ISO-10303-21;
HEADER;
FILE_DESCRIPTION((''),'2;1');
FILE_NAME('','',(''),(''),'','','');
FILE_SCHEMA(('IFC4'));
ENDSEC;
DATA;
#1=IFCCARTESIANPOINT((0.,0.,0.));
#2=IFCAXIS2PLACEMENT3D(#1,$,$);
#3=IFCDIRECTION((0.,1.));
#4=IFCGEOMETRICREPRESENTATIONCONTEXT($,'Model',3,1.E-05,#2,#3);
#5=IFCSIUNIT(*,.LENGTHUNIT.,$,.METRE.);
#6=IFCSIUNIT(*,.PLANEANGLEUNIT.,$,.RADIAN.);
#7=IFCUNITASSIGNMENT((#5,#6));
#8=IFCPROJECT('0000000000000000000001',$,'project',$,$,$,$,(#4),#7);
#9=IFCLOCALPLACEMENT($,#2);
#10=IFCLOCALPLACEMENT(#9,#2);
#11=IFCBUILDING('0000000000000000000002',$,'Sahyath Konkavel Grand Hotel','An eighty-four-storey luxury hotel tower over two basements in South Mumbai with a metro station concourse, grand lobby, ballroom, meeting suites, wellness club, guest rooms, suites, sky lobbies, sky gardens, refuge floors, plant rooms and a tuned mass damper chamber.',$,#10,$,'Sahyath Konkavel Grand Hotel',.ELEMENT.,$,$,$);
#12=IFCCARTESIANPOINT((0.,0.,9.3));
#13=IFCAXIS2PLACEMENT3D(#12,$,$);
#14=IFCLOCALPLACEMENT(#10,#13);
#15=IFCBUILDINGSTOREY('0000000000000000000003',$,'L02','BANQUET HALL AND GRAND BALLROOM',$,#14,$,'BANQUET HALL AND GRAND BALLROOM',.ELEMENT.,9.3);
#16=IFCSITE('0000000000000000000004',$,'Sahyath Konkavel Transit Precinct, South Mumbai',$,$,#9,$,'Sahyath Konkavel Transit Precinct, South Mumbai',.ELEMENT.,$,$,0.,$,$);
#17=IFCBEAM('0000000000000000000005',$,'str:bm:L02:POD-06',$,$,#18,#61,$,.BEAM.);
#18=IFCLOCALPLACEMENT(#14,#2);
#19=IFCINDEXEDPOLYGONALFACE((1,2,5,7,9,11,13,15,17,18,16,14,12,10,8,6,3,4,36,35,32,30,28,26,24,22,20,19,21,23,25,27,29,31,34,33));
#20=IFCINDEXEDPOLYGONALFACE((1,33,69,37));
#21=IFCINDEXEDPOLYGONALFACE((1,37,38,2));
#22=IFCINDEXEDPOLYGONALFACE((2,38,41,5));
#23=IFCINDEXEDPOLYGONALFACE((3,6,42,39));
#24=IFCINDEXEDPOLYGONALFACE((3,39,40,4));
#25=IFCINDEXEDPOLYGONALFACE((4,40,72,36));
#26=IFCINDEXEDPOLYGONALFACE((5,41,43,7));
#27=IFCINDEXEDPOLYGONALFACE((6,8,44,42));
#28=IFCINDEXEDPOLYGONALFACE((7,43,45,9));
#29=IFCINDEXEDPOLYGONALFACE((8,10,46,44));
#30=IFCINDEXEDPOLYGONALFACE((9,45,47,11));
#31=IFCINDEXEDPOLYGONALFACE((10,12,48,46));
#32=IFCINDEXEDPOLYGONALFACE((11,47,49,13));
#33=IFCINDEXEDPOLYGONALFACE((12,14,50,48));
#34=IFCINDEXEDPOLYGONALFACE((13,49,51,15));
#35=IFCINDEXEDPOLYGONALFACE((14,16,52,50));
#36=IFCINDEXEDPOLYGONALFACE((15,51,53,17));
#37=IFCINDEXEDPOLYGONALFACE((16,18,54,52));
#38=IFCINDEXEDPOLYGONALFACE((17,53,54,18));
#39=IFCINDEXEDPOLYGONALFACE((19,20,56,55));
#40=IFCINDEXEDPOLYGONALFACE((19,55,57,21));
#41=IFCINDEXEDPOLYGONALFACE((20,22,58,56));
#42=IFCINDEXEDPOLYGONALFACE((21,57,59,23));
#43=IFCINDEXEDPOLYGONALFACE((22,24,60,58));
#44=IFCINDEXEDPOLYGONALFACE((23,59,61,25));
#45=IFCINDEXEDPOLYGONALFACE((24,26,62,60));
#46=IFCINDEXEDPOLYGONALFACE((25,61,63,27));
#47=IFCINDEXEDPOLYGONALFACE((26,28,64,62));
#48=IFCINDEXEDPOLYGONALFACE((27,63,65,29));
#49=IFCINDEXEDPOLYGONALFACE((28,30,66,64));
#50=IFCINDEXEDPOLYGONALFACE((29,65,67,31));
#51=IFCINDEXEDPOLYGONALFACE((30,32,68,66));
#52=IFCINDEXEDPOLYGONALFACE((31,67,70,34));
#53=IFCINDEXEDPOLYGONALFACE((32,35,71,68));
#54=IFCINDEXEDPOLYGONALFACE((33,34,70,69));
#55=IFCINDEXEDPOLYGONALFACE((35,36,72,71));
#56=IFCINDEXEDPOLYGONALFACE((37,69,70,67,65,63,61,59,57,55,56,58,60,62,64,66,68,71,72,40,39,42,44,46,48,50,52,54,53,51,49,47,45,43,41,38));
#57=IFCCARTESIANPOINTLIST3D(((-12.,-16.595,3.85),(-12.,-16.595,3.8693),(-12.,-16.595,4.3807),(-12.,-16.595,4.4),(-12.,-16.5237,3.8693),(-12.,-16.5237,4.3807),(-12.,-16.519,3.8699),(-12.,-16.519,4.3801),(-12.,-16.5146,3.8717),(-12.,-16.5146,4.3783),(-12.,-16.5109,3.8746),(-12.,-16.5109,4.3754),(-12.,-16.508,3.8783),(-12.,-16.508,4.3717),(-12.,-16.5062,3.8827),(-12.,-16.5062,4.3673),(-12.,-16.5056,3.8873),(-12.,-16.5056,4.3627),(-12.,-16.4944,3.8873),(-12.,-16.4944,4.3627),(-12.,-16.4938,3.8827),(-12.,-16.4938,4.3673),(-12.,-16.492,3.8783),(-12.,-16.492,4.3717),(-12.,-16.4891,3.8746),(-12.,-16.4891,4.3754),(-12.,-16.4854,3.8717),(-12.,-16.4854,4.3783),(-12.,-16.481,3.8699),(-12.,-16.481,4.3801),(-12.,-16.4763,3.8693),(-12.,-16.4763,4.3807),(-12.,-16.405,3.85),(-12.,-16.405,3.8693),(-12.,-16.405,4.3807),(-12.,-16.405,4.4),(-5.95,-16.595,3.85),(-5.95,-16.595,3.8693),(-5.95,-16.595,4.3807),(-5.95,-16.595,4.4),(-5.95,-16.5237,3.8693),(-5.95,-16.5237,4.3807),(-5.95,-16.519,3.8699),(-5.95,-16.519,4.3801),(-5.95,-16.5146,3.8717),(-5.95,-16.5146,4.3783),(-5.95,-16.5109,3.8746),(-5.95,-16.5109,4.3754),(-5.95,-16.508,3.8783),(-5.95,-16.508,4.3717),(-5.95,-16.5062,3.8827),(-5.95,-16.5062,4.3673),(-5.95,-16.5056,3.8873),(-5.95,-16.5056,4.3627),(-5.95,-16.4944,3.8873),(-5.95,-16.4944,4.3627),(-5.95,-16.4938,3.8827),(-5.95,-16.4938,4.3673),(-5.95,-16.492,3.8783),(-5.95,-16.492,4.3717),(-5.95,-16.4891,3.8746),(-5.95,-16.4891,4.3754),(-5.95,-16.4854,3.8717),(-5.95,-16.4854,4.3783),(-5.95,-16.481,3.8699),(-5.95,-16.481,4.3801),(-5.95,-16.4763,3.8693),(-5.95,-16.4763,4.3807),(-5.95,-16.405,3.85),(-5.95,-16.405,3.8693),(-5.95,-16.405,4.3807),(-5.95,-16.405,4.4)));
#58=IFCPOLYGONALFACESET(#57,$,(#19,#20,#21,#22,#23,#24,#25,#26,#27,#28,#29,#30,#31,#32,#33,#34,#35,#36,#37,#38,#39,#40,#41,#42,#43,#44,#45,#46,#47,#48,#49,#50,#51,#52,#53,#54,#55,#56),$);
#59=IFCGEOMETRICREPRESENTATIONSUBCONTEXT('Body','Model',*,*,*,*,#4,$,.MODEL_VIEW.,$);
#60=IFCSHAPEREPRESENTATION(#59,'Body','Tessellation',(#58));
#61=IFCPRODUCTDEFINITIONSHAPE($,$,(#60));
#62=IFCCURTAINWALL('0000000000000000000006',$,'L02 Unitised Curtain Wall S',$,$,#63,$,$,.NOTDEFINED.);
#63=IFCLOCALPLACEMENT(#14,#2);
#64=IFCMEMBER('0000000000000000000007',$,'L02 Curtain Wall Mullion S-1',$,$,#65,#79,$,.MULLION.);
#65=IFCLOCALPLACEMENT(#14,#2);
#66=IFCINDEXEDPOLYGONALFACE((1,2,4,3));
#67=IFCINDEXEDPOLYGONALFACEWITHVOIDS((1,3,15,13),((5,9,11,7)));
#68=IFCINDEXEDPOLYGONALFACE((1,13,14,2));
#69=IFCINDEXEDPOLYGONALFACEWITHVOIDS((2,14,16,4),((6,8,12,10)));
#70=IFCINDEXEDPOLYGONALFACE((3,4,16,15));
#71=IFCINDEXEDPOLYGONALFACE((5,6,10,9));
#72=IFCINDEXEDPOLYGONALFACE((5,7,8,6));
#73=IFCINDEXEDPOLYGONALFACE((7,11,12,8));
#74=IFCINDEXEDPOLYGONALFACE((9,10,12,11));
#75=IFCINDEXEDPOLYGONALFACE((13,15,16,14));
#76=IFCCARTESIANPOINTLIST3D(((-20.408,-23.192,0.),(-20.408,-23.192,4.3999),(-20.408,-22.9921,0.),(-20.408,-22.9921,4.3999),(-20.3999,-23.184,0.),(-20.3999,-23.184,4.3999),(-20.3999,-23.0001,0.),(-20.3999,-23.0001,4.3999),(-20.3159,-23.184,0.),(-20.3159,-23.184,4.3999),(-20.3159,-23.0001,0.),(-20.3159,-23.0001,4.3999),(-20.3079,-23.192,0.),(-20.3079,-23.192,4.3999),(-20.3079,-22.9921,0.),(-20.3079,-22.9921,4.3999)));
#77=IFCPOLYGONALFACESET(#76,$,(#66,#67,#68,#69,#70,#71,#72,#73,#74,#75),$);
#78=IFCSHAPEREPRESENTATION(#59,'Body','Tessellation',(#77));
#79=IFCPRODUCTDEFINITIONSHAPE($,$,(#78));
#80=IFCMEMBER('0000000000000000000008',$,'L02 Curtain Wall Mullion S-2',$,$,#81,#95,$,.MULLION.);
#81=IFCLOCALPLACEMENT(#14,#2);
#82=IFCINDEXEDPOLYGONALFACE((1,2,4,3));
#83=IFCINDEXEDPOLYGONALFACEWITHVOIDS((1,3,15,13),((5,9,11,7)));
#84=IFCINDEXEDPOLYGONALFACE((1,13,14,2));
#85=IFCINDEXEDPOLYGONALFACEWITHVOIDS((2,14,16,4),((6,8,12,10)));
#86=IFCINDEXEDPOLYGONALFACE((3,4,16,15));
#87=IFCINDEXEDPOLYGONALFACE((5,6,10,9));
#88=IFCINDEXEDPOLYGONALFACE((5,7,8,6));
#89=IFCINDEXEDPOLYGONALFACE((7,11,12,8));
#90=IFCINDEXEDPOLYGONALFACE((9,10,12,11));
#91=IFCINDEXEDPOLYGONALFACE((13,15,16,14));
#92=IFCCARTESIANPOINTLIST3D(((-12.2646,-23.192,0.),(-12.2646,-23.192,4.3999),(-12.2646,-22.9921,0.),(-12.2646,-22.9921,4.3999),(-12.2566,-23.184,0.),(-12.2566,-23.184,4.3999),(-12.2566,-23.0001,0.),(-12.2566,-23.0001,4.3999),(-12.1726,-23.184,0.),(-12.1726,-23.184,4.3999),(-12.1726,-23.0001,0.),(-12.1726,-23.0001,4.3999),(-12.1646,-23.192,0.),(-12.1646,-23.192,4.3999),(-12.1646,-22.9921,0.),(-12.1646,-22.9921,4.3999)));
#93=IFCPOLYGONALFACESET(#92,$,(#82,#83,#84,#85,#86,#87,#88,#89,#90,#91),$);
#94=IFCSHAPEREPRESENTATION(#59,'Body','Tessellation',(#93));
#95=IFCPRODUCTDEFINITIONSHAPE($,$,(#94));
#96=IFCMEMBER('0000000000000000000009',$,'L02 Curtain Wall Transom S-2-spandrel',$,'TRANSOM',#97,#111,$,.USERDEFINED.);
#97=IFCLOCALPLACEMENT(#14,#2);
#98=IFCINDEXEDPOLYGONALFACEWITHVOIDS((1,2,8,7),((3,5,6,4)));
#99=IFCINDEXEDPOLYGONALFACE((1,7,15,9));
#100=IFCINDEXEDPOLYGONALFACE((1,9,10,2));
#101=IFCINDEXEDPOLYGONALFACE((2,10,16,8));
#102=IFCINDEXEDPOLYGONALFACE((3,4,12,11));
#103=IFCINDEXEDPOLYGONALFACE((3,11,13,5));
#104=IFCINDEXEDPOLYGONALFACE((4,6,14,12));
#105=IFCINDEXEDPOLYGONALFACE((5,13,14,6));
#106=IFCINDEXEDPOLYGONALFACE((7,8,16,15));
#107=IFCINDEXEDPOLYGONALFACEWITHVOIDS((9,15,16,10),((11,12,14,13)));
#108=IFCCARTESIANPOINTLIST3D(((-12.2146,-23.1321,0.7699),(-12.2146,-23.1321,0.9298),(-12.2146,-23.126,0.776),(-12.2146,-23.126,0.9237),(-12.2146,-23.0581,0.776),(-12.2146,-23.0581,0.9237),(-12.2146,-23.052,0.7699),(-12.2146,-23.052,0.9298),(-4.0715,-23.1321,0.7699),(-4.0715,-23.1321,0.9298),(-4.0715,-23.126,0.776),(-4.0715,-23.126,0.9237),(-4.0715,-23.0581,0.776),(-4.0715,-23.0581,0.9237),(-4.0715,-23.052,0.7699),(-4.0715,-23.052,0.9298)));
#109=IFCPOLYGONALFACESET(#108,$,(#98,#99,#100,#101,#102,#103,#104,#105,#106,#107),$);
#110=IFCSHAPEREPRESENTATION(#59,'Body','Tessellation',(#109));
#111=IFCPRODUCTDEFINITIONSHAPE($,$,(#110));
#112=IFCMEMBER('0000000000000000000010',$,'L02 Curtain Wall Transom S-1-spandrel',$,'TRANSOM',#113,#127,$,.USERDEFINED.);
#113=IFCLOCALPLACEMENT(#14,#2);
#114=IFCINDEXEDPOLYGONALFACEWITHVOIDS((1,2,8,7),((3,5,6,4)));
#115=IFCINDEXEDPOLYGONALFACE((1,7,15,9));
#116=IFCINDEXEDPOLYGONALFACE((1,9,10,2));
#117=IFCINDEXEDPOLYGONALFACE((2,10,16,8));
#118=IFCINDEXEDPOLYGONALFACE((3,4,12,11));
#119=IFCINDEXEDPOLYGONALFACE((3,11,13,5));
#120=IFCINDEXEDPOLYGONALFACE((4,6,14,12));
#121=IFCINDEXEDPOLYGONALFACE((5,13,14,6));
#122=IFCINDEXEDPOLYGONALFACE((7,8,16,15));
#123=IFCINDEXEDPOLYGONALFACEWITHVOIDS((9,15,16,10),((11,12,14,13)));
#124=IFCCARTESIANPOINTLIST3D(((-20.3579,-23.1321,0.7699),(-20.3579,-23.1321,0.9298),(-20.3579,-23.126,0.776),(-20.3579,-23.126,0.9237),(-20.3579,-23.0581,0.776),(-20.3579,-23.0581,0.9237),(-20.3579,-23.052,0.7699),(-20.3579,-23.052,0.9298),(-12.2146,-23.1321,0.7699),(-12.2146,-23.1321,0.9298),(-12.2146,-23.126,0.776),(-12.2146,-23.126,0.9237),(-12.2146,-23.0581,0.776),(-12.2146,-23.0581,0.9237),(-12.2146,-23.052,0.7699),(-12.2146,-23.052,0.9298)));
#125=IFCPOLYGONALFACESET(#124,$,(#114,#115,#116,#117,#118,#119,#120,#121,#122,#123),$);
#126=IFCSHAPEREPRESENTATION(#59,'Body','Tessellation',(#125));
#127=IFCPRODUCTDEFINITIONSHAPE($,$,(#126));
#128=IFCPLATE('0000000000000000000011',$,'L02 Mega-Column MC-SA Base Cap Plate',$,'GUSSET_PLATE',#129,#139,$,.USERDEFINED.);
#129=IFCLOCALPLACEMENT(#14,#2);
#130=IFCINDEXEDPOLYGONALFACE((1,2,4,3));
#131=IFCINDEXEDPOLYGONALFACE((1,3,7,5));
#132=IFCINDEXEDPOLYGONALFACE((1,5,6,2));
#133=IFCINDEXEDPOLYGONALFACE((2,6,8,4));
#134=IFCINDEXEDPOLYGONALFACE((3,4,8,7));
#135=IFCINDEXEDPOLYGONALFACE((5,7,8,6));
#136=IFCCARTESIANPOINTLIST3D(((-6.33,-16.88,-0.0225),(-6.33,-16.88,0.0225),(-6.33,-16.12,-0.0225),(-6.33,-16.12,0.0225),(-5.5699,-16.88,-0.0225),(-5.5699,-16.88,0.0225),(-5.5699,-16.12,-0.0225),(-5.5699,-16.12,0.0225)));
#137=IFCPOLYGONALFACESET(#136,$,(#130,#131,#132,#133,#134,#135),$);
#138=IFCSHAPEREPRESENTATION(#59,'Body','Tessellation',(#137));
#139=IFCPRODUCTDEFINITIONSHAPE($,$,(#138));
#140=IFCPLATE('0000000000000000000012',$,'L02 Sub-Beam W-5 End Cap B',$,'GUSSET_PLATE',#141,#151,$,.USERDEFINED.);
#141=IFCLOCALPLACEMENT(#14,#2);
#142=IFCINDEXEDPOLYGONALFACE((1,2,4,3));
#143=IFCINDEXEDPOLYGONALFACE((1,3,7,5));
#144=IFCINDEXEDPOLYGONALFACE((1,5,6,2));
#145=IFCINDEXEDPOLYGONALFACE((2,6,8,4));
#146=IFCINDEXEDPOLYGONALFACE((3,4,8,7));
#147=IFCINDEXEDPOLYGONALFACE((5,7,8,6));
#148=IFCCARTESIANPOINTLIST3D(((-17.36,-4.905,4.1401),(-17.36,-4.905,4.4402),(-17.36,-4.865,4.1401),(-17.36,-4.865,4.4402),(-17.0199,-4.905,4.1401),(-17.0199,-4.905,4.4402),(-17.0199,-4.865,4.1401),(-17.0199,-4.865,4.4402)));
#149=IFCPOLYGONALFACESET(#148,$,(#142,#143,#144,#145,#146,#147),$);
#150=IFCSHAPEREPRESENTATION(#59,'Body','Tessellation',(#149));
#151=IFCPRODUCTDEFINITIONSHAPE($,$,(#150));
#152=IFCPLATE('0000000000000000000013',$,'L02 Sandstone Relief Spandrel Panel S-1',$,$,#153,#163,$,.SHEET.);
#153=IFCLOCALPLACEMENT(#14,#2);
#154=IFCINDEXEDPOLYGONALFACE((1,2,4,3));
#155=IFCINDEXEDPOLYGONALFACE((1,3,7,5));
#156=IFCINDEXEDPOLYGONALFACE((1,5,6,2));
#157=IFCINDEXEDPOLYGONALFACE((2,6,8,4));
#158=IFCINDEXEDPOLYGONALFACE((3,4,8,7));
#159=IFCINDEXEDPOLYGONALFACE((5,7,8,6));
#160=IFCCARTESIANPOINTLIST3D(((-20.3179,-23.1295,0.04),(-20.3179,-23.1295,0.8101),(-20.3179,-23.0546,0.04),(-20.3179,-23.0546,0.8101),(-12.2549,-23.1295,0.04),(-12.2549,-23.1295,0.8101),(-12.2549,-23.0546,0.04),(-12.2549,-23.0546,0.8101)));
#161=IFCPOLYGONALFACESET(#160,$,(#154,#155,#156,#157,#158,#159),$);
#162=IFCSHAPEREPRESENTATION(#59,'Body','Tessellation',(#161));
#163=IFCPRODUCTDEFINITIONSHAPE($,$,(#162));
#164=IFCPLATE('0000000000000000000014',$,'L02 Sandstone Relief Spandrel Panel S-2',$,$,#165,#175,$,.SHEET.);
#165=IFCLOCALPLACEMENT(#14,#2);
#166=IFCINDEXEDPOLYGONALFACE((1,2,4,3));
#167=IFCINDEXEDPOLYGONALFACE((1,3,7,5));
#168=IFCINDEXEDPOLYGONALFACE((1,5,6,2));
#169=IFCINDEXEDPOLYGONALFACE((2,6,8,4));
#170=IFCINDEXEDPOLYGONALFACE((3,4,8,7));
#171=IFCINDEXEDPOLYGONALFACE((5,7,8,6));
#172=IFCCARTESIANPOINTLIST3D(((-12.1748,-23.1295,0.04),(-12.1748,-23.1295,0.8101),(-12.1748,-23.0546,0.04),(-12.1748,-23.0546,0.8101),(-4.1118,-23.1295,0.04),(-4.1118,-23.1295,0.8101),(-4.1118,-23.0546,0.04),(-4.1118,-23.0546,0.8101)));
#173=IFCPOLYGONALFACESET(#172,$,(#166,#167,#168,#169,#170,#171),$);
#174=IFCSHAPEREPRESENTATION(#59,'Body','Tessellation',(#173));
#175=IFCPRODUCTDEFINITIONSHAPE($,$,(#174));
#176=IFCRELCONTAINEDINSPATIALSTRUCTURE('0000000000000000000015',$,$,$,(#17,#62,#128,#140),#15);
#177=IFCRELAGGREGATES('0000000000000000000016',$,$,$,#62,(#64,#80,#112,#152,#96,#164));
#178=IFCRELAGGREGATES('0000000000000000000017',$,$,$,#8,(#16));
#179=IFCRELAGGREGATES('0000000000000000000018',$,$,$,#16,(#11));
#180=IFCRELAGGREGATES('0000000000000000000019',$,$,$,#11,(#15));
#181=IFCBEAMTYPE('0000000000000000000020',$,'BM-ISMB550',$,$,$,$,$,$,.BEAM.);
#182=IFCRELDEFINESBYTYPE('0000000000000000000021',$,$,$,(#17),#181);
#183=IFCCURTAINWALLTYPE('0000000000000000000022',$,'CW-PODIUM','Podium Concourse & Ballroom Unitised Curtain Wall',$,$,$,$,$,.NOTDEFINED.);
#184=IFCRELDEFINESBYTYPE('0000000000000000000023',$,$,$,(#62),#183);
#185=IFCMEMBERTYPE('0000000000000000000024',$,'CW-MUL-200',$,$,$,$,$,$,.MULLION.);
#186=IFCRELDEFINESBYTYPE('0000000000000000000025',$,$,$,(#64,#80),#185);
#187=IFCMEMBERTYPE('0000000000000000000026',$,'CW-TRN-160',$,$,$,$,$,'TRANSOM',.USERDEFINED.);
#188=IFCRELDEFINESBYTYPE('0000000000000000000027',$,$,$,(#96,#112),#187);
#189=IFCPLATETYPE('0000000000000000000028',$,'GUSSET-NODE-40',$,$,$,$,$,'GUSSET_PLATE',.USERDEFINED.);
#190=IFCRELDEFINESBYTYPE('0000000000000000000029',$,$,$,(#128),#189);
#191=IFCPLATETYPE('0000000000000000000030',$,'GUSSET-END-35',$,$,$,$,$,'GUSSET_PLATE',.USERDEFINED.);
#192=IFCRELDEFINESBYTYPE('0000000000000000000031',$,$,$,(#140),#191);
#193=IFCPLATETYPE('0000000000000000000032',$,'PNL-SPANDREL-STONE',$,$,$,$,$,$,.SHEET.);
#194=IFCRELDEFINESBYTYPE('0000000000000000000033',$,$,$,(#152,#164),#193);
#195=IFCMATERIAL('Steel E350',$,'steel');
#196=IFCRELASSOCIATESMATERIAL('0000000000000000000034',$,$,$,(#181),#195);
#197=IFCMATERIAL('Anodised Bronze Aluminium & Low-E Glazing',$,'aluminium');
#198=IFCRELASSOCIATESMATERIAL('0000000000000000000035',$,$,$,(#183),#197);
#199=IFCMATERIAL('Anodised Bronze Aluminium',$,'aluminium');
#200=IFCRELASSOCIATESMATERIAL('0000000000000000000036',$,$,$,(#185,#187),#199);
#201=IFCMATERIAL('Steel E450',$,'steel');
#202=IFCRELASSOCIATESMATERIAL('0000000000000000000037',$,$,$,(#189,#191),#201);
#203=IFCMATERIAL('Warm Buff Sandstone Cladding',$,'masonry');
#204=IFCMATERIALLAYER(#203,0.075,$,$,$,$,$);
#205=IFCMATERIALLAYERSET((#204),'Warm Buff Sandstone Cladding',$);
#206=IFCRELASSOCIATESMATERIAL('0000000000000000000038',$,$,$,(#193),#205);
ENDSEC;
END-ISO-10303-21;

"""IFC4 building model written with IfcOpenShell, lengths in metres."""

from ifc_helpers import new_model, si_unit, direction, frame, origin, origin_2d, place, context, subcontext, project, spatial, rectangle, hollow_rectangle, i_section, extrude, source, transform, mapped, material, layer, layer_set, material_profile, profile_set, type_object, element, aggregate, save


model = new_model("IFC4")

# Units and contexts
model_context = context("Model", 3, precision=1e-05, world=origin(), true_north=direction((0.0, 1.0)))
body_context = subcontext(model_context, "Body", "Model", "MODEL_VIEW")
ifc_project = project(units=[si_unit("LENGTHUNIT", "METRE"), si_unit("PLANEANGLEUNIT", "RADIAN")], contexts=[model_context])

# Site, building, storey
site_placement = place(None, origin())
site = spatial("IfcSite", under=ifc_project, at=site_placement, Name="Sahyath Konkavel Transit Precinct, South Mumbai", LongName="Sahyath Konkavel Transit Precinct, South Mumbai", CompositionType="ELEMENT", RefElevation=0.0)
building_placement = place(site_placement, origin())
building = spatial("IfcBuilding", under=site, at=building_placement, Name="Sahyath Konkavel Grand Hotel", Description="An eighty-four-storey luxury hotel tower over two basements in South Mumbai with a metro station concourse, grand lobby, ballroom, meeting suites, wellness club, guest rooms, suites, sky lobbies, sky gardens, refuge floors, plant rooms and a tuned mass damper chamber.", LongName="Sahyath Konkavel Grand Hotel", CompositionType="ELEMENT")
storey_placement = place(building_placement, frame((0.0, 0.0, 9.3)))
storey = spatial("IfcBuildingStorey", under=building, at=storey_placement, Name="L02", Description="BANQUET HALL AND GRAND BALLROOM", LongName="BANQUET HALL AND GRAND BALLROOM", CompositionType="ELEMENT", Elevation=9.3)

# Shared definitions
ifc_material_1 = material(Name="Steel E450", Category="steel")

# Beam
ifc_material_2 = material(Name="Steel E350", Category="steel")
ifc_material_profile_1 = material_profile(ifc_material_2, i_section(OverallWidth=0.1899, OverallDepth=0.55, WebThickness=0.0112, FlangeThickness=0.0193, FilletRadius=0.0181, at=origin_2d()), Name="ISMB 550")
ifc_profile_set_1 = profile_set([ifc_material_profile_1], Name="Steel E350")
beam_type = type_object("IfcBeamType", Name="BM-ISMB550", PredefinedType="BEAM", material=ifc_profile_set_1)
shared_shape_1 = source(origin(), body_context, "Body", "SweptSolid", [
    extrude(i_section(OverallWidth=0.1899, OverallDepth=0.55, WebThickness=0.0112, FlangeThickness=0.0193, FilletRadius=0.0181, at=origin_2d()), origin(), (0.0, 0.0, 1.0), 6.05),
])
beam_1_placement = place(storey_placement, frame((-12.0, -16.5, 4.125), z_axis=(1.0, 0.0, 0.0), x_axis=(0.0, 1.0, 0.0)))
element("IfcBeam", 1, at=beam_1_placement, inside=storey, type_object=beam_type, Name="str:bm:L02:POD-06", PredefinedType="BEAM", context=body_context, shape_type="MappedRepresentation", body=[
    mapped(shared_shape_1, transform((0.0, 0.0, 0.0), scale=1.0)),
])

# Curtain wall, members
ifc_material_3 = material(Name="Anodised Bronze Aluminium & Low-E Glazing", Category="aluminium")
curtain_wall_type = type_object("IfcCurtainWallType", Name="CW-PODIUM", Description="Podium Concourse & Ballroom Unitised Curtain Wall", PredefinedType="NOTDEFINED", material=ifc_material_3)
curtain_wall_placement = place(storey_placement, origin())
curtain_wall = element("IfcCurtainWall", 2, at=curtain_wall_placement, inside=storey, type_object=curtain_wall_type, Name="L02 Unitised Curtain Wall S", PredefinedType="NOTDEFINED")
ifc_material_4 = material(Name="Anodised Bronze Aluminium", Category="aluminium")
ifc_material_profile_2 = material_profile(ifc_material_4, hollow_rectangle(XDim=0.1001, YDim=0.2, WallThickness=0.0081, at=origin_2d()), Name="RHS 200x100x8")
ifc_profile_set_2 = profile_set([ifc_material_profile_2], Name="Anodised Bronze Aluminium")
member_type_1 = type_object("IfcMemberType", Name="CW-MUL-200", PredefinedType="MULLION", material=ifc_profile_set_2)
shared_shape_2 = source(origin(), body_context, "Body", "SweptSolid", [
    extrude(hollow_rectangle(XDim=0.1001, YDim=0.2, WallThickness=0.0081, at=origin_2d()), origin(), (0.0, 0.0, 1.0), 4.3999),
])
member_1_placement = place(storey_placement, frame((-20.3579, -23.092, 0.0), z_axis=(0.0, 0.0, 1.0), x_axis=(1.0, 0.0, 0.0)))
member_1 = element("IfcMember", 3, at=member_1_placement, type_object=member_type_1, Name="L02 Curtain Wall Mullion S-1", PredefinedType="MULLION", context=body_context, shape_type="MappedRepresentation", body=[
    mapped(shared_shape_2, transform((0.0, 0.0, 0.0), scale=1.0)),
])
member_2_placement = place(storey_placement, frame((-12.2146, -23.092, 0.0), z_axis=(0.0, 0.0, 1.0), x_axis=(1.0, 0.0, 0.0)))
member_2 = element("IfcMember", 4, at=member_2_placement, type_object=member_type_1, Name="L02 Curtain Wall Mullion S-2", PredefinedType="MULLION", context=body_context, shape_type="MappedRepresentation", body=[
    mapped(shared_shape_2, transform((0.0, 0.0, 0.0), scale=1.0)),
])
ifc_material_profile_3 = material_profile(ifc_material_4, hollow_rectangle(XDim=0.0801, YDim=0.1599, WallThickness=0.0061, at=origin_2d()), Name="RHS 160x80x6")
ifc_profile_set_3 = profile_set([ifc_material_profile_3], Name="Anodised Bronze Aluminium")
member_type_2 = type_object("IfcMemberType", Name="CW-TRN-160", ElementType="TRANSOM", PredefinedType="USERDEFINED", material=ifc_profile_set_3)
shared_shape_3 = source(origin(), body_context, "Body", "SweptSolid", [
    extrude(hollow_rectangle(XDim=0.0801, YDim=0.1599, WallThickness=0.0061, at=origin_2d()), origin(), (0.0, 0.0, 1.0), 8.1431),
])
member_3_placement = place(storey_placement, frame((-12.2146, -23.092, 0.8499), z_axis=(1.0, 0.0, 0.0), x_axis=(0.0, 1.0, 0.0)))
member_3 = element("IfcMember", 5, at=member_3_placement, type_object=member_type_2, Name="L02 Curtain Wall Transom S-2-spandrel", ObjectType="TRANSOM", PredefinedType="USERDEFINED", context=body_context, shape_type="MappedRepresentation", body=[
    mapped(shared_shape_3, transform((0.0, 0.0, 0.0), scale=1.0)),
])
shared_shape_4 = source(origin(), body_context, "Body", "SweptSolid", [
    extrude(hollow_rectangle(XDim=0.0801, YDim=0.1599, WallThickness=0.0061, at=origin_2d()), origin(), (0.0, 0.0, 1.0), 8.1433),
])
member_4_placement = place(storey_placement, frame((-20.3579, -23.092, 0.8499), z_axis=(1.0, 0.0, 0.0), x_axis=(0.0, 1.0, 0.0)))
member_4 = element("IfcMember", 6, at=member_4_placement, type_object=member_type_2, Name="L02 Curtain Wall Transom S-1-spandrel", ObjectType="TRANSOM", PredefinedType="USERDEFINED", context=body_context, shape_type="MappedRepresentation", body=[
    mapped(shared_shape_4, transform((0.0, 0.0, 0.0), scale=1.0)),
])

# Plates
plate_type_1 = type_object("IfcPlateType", Name="GUSSET-NODE-40", ElementType="GUSSET_PLATE", PredefinedType="USERDEFINED", material=ifc_material_1)
shared_shape_5 = source(origin(), body_context, "Body", "SweptSolid", [
    extrude(rectangle(XDim=0.76, YDim=0.76, at=origin_2d()), origin(), (0.0, 0.0, 1.0), 0.0449),
])
plate_1_placement = place(storey_placement, frame((-5.95, -16.5, -0.0225), z_axis=(0.0, 0.0, 1.0), x_axis=(1.0, 0.0, 0.0)))
element("IfcPlate", 7, at=plate_1_placement, inside=storey, type_object=plate_type_1, Name="L02 Mega-Column MC-SA Base Cap Plate", ObjectType="GUSSET_PLATE", PredefinedType="USERDEFINED", context=body_context, shape_type="MappedRepresentation", body=[
    mapped(shared_shape_5, transform((0.0, 0.0, 0.0), scale=1.0)),
])
plate_type_2 = type_object("IfcPlateType", Name="GUSSET-END-35", ElementType="GUSSET_PLATE", PredefinedType="USERDEFINED", material=ifc_material_1)
shared_shape_6 = source(origin(), body_context, "Body", "SweptSolid", [
    extrude(rectangle(XDim=0.04, YDim=0.3401, at=origin_2d()), origin(), (0.0, 0.0, 1.0), 0.3),
])
plate_2_placement = place(storey_placement, frame((-17.1899, -4.885, 4.1401), z_axis=(0.0, 0.0, 1.0), x_axis=(0.0, -1.0, 0.0)))
element("IfcPlate", 8, at=plate_2_placement, inside=storey, type_object=plate_type_2, Name="L02 Sub-Beam W-5 End Cap B", ObjectType="GUSSET_PLATE", PredefinedType="USERDEFINED", context=body_context, shape_type="MappedRepresentation", body=[
    mapped(shared_shape_6, transform((0.0, 0.0, 0.0), scale=1.0)),
])

# Plates
ifc_material_5 = material(Name="Warm Buff Sandstone Cladding", Category="masonry")
ifc_layer_1 = layer(ifc_material_5, 0.075)
ifc_layer_set_1 = layer_set([ifc_layer_1], Name="Warm Buff Sandstone Cladding")
plate_type_3 = type_object("IfcPlateType", Name="PNL-SPANDREL-STONE", PredefinedType="SHEET", material=ifc_layer_set_1)
shared_shape_7 = source(origin(), body_context, "Body", "SweptSolid", [
    extrude(rectangle(XDim=8.063, YDim=0.075, at=origin_2d()), origin(), (0.0, 0.0, 1.0), 0.77),
])
plate_3_placement = place(storey_placement, frame((-16.2864, -23.092, 0.04), z_axis=(0.0, 0.0, 1.0), x_axis=(1.0, 0.0, 0.0)))
plate_3 = element("IfcPlate", 9, at=plate_3_placement, type_object=plate_type_3, Name="L02 Sandstone Relief Spandrel Panel S-1", PredefinedType="SHEET", context=body_context, shape_type="MappedRepresentation", body=[
    mapped(shared_shape_7, transform((0.0, 0.0, 0.0), scale=1.0)),
])
plate_4_placement = place(storey_placement, frame((-8.1433, -23.092, 0.04), z_axis=(0.0, 0.0, 1.0), x_axis=(1.0, 0.0, 0.0)))
plate_4 = element("IfcPlate", 10, at=plate_4_placement, type_object=plate_type_3, Name="L02 Sandstone Relief Spandrel Panel S-2", PredefinedType="SHEET", context=body_context, shape_type="MappedRepresentation", body=[
    mapped(shared_shape_7, transform((0.0, 0.0, 0.0), scale=1.0)),
])
aggregate(curtain_wall, [member_1, member_2, member_4, plate_3, member_3, plate_4])

save(model, "model.ifc")
